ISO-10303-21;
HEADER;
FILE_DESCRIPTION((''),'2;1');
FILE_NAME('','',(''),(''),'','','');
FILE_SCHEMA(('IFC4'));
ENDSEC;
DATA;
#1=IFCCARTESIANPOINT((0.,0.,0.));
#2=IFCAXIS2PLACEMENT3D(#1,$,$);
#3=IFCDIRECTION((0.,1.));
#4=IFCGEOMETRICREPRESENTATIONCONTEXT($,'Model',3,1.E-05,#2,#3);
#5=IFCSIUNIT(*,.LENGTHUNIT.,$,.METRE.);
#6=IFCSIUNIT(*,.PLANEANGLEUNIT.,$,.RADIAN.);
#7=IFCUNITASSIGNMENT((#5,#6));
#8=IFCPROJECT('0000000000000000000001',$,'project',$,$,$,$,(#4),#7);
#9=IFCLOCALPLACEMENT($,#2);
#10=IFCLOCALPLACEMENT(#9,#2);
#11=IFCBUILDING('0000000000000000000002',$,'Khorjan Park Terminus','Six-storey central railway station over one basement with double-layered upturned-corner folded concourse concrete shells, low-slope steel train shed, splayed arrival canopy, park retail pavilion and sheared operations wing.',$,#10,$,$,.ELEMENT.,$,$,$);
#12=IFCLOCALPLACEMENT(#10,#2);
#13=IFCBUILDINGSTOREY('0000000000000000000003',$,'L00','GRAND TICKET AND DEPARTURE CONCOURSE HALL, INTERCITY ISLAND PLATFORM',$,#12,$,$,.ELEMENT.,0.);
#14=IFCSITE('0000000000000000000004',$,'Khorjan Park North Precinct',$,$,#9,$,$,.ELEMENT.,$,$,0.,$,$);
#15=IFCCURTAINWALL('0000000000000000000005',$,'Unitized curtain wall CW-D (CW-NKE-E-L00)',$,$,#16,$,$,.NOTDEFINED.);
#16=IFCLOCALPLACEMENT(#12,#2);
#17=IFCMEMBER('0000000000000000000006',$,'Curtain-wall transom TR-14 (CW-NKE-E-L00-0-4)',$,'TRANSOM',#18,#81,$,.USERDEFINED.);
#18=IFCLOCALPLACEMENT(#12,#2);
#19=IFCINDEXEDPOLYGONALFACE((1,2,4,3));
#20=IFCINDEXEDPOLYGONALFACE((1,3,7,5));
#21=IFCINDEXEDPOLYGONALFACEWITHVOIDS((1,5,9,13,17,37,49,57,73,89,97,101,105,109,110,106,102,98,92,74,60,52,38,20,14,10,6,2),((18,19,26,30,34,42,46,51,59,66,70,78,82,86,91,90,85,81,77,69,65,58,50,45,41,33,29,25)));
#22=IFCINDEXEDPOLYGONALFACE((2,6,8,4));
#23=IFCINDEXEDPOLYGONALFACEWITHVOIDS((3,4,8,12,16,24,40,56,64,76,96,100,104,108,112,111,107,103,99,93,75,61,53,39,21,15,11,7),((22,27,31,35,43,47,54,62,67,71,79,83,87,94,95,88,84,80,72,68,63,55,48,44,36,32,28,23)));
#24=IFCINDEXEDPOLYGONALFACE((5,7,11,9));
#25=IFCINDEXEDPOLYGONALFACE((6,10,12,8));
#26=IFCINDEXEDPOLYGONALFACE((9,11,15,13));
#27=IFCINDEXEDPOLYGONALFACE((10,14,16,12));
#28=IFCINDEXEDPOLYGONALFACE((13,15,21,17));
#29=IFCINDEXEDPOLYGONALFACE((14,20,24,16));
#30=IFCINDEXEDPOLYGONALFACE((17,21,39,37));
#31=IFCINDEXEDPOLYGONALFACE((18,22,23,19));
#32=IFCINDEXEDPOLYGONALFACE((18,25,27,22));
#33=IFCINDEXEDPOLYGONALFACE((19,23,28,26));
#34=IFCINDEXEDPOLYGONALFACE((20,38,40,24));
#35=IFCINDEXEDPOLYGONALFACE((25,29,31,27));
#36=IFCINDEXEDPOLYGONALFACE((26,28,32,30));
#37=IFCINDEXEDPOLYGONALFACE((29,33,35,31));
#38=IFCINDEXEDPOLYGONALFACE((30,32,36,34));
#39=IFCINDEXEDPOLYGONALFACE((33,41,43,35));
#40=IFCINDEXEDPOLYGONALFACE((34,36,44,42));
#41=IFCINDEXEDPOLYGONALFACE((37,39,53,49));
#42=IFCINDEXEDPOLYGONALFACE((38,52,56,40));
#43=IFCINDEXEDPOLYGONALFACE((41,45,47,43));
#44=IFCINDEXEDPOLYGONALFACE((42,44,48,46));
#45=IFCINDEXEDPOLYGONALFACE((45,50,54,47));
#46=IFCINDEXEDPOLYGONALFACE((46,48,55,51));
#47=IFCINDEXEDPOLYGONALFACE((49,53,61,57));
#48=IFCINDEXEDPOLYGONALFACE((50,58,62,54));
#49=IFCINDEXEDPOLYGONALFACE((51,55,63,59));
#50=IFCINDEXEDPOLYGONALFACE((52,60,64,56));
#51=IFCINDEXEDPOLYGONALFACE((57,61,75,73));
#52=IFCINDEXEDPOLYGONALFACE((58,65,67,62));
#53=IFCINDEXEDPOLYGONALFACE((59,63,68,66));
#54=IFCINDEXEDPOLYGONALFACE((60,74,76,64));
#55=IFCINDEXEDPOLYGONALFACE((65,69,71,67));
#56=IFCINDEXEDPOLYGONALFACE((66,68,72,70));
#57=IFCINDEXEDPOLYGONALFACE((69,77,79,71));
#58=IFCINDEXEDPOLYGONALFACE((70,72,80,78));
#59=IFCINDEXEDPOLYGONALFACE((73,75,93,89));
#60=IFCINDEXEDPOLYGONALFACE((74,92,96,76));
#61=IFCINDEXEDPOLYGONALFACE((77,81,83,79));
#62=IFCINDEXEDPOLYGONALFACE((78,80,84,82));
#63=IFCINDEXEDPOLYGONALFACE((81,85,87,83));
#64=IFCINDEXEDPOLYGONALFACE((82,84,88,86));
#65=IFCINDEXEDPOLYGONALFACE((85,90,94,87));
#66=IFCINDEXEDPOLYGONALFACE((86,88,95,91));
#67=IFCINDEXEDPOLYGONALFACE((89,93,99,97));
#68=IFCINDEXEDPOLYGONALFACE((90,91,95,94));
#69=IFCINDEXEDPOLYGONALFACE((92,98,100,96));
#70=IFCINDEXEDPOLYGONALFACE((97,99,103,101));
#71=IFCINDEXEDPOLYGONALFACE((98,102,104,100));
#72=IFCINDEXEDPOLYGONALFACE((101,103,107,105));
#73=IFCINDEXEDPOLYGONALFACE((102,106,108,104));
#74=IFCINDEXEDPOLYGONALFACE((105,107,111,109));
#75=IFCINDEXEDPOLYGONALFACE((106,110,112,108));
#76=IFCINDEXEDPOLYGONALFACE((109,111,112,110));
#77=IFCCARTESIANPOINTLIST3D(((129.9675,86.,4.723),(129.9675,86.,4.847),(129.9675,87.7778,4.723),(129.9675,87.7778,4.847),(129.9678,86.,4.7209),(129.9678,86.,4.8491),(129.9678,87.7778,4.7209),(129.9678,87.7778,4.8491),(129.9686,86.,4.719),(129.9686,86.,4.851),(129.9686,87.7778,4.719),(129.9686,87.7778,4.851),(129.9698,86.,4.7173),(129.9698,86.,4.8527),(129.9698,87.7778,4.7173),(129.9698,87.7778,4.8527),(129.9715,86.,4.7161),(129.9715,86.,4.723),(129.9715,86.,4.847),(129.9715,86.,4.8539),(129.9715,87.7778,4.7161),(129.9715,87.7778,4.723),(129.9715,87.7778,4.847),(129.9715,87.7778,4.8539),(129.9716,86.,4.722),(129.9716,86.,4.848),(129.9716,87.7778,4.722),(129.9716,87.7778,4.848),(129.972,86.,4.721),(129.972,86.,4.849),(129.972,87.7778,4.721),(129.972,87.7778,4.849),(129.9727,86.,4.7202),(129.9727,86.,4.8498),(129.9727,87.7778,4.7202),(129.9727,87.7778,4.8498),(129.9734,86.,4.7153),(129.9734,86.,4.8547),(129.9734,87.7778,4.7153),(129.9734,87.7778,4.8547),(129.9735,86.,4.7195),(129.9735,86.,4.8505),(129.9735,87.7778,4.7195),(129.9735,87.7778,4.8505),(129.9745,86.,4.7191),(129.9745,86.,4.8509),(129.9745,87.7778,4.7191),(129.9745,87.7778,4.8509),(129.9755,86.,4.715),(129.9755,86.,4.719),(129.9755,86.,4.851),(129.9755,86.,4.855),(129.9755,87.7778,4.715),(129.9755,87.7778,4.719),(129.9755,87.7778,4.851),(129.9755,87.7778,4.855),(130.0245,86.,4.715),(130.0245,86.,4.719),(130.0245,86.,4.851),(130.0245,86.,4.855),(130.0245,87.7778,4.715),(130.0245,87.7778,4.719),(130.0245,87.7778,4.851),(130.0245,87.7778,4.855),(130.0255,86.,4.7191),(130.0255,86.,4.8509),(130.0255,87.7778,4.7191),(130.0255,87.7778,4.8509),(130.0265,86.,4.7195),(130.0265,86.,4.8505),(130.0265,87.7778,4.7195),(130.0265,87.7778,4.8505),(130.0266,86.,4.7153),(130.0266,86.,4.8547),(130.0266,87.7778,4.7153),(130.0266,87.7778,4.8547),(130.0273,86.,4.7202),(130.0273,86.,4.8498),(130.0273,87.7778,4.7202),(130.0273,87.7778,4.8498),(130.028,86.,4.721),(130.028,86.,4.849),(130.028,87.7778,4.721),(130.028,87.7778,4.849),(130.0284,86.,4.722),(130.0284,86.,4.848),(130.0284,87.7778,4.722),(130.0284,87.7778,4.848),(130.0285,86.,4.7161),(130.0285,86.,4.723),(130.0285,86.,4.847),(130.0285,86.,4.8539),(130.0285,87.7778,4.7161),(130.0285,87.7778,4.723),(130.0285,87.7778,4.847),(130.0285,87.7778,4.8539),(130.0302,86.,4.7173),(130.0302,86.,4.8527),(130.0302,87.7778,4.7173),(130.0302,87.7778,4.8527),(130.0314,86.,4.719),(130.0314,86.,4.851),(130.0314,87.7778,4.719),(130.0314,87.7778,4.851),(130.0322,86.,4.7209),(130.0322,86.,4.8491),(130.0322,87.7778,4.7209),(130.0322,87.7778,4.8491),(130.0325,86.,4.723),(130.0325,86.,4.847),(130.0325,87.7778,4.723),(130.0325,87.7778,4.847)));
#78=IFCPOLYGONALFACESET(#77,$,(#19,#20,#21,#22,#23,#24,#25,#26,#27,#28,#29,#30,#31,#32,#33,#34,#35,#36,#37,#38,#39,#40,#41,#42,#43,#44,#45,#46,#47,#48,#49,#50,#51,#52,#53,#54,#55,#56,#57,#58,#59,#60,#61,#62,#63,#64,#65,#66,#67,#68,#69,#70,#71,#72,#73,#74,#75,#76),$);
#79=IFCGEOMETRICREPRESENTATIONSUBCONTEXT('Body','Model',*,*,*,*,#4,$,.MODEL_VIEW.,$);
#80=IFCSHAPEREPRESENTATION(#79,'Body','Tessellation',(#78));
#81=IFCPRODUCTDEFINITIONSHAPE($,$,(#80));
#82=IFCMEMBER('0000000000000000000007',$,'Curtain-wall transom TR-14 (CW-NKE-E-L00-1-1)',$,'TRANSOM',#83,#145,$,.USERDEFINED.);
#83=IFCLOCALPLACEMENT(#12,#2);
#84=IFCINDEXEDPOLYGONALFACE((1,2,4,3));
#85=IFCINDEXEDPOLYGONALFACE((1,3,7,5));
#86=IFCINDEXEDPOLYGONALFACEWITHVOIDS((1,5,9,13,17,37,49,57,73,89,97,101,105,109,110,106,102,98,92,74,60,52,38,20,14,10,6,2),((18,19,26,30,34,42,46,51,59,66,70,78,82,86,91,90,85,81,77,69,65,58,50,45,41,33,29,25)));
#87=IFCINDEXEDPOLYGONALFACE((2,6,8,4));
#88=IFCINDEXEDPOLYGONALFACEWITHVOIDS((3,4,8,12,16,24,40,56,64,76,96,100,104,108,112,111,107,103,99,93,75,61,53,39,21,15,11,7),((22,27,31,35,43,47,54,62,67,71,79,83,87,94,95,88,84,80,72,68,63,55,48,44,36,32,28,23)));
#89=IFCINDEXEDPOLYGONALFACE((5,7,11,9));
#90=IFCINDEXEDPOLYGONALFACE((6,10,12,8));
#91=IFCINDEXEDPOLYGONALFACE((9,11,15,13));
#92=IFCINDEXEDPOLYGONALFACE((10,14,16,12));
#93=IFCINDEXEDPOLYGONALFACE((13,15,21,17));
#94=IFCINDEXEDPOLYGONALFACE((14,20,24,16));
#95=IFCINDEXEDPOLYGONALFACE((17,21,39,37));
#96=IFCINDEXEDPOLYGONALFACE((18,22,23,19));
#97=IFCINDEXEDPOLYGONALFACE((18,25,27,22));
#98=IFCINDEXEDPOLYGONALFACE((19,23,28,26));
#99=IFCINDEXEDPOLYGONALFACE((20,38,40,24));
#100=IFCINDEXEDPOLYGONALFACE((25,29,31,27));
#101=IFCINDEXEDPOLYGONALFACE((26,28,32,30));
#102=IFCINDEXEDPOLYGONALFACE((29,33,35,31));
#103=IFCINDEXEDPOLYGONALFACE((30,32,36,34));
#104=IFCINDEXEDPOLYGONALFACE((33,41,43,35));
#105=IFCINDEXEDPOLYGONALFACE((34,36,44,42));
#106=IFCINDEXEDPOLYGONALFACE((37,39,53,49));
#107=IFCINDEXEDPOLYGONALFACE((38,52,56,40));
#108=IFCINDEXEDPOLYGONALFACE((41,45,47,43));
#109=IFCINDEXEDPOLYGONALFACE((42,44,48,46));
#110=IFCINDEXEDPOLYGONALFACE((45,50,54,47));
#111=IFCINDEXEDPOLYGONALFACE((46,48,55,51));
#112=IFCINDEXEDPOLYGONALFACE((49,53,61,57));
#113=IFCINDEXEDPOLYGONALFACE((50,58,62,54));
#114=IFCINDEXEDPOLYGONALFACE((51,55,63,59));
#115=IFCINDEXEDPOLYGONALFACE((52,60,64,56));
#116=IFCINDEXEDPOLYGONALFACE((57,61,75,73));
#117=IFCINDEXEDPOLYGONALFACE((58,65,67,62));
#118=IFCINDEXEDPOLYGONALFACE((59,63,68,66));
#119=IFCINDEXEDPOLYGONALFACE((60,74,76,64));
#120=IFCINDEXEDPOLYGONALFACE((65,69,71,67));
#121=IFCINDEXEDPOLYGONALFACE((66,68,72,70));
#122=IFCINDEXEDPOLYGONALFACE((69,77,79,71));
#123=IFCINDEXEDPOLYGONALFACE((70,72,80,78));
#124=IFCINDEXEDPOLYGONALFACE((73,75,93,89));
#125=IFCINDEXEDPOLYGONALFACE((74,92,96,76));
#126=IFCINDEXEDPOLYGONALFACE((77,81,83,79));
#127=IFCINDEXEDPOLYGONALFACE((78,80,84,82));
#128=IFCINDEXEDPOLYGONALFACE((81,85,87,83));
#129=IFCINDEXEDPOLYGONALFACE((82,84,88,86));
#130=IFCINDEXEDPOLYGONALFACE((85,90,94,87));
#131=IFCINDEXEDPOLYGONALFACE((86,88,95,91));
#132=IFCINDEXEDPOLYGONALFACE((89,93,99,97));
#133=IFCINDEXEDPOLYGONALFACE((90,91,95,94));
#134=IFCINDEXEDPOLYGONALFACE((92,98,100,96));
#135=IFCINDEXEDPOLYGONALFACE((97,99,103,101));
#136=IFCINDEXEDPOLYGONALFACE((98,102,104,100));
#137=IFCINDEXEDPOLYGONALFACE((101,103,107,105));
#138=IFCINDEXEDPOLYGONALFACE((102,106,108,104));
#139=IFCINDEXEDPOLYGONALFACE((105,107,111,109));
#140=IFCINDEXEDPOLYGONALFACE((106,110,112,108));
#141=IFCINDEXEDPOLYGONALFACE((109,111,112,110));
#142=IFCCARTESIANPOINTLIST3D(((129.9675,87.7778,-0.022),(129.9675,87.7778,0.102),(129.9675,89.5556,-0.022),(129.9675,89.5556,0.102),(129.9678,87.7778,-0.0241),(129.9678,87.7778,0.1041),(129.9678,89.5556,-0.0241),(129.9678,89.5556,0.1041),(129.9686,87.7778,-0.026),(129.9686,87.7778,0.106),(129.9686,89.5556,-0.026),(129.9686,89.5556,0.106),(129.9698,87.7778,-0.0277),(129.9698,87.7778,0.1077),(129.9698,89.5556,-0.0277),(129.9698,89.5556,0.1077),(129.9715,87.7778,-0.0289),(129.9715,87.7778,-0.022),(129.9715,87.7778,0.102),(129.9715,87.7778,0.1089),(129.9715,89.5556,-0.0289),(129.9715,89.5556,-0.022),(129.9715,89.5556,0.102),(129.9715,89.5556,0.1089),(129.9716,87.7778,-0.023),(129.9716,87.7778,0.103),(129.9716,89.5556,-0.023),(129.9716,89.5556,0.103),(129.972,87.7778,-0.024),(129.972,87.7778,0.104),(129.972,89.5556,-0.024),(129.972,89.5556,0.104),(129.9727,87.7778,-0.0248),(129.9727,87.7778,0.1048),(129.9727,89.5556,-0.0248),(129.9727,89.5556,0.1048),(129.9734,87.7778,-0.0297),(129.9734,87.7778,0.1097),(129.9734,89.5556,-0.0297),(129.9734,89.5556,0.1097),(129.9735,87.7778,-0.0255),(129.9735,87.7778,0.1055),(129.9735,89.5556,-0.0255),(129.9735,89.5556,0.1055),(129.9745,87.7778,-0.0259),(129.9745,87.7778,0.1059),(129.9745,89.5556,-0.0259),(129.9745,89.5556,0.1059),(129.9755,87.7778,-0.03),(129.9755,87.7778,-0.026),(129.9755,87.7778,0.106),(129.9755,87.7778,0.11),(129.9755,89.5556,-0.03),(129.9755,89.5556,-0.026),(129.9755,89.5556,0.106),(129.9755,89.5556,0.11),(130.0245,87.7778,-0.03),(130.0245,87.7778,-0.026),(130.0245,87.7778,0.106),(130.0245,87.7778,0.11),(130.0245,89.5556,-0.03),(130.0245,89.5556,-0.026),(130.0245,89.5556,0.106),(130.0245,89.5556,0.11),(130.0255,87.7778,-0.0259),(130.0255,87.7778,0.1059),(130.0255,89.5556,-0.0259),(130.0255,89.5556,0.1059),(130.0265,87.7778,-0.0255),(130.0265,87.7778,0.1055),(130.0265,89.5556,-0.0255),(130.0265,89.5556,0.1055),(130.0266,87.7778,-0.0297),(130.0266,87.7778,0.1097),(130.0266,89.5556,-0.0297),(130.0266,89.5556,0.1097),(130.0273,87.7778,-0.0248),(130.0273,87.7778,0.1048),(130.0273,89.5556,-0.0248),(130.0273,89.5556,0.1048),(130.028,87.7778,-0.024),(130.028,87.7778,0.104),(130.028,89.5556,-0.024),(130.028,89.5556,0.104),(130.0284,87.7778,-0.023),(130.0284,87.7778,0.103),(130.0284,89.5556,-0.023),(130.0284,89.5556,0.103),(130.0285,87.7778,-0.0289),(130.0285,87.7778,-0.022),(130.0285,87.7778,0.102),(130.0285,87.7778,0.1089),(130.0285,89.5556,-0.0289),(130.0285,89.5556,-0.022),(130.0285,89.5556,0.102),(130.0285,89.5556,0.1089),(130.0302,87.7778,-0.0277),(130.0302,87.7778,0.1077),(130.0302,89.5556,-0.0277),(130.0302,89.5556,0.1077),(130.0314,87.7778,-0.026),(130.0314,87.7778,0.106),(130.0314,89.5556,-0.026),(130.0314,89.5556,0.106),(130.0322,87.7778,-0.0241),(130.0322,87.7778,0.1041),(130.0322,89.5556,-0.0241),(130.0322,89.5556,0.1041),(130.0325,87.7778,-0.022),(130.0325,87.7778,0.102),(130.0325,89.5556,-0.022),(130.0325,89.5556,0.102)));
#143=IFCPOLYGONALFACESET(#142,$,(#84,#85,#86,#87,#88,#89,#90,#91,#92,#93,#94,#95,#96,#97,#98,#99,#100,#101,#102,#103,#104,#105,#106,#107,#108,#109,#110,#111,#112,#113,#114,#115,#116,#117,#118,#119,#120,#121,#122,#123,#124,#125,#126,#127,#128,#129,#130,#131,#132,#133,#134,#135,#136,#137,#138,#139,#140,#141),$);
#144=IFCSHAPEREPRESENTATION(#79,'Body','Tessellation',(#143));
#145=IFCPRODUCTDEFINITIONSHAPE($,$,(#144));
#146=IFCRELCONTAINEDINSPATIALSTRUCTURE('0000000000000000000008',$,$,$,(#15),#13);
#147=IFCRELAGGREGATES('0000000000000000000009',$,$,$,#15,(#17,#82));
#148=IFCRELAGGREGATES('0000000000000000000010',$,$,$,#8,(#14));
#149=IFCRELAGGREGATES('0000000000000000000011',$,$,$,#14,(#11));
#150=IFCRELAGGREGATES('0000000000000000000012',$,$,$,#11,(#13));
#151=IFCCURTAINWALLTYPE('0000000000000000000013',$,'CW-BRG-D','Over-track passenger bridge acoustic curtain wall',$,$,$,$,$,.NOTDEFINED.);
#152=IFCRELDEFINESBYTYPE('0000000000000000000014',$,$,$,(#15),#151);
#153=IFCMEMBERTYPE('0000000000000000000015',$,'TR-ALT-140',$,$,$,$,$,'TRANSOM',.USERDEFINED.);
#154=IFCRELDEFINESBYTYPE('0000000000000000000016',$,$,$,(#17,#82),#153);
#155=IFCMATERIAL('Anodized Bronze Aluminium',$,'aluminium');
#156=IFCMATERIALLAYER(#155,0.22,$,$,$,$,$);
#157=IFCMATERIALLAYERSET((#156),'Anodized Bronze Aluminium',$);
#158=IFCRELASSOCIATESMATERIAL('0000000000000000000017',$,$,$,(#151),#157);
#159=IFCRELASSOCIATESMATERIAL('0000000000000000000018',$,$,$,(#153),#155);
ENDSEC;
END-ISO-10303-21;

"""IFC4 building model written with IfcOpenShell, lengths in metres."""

from ifc_helpers import new_model, si_unit, direction, frame, origin, origin_2d, place, context, subcontext, project, spatial, hollow_rectangle, extrude, material, layer, layer_set, material_profile, profile_set, type_object, element, aggregate, save


model = new_model("IFC4")

# Units and contexts
model_context = context("Model", 3, precision=1e-05, world=origin(), true_north=direction((0.0, 1.0)))
body_context = subcontext(model_context, "Body", "Model", "MODEL_VIEW")
ifc_project = project(units=[si_unit("LENGTHUNIT", "METRE"), si_unit("PLANEANGLEUNIT", "RADIAN")], contexts=[model_context])

# Site, building, storey
site_placement = place(None, origin())
site = spatial("IfcSite", under=ifc_project, at=site_placement, Name="Khorjan Park North Precinct", CompositionType="ELEMENT", RefElevation=0.0)
building_placement = place(site_placement, origin())
building = spatial("IfcBuilding", under=site, at=building_placement, Name="Khorjan Park Terminus", Description="Six-storey central railway station over one basement with double-layered upturned-corner folded concourse concrete shells, low-slope steel train shed, splayed arrival canopy, park retail pavilion and sheared operations wing.", CompositionType="ELEMENT")
storey_placement = place(building_placement, origin())
storey = spatial("IfcBuildingStorey", under=building, at=storey_placement, Name="L00", Description="GRAND TICKET AND DEPARTURE CONCOURSE HALL, INTERCITY ISLAND PLATFORM", CompositionType="ELEMENT", Elevation=0.0)

# Curtain wall, members
ifc_material_1 = material(Name="Anodized Bronze Aluminium", Category="aluminium")
ifc_layer_1 = layer(ifc_material_1, 0.22)
ifc_layer_set_1 = layer_set([ifc_layer_1], Name="Anodized Bronze Aluminium")
curtain_wall_type = type_object("IfcCurtainWallType", Name="CW-BRG-D", Description="Over-track passenger bridge acoustic curtain wall", PredefinedType="NOTDEFINED", material=ifc_layer_set_1)
curtain_wall_1_placement = place(storey_placement, origin())
curtain_wall_1 = element("IfcCurtainWall", 1, at=curtain_wall_1_placement, inside=storey, type_object=curtain_wall_type, Name="Unitized curtain wall CW-D (CW-NKE-E-L00)", PredefinedType="NOTDEFINED")
ifc_material_profile_1 = material_profile(ifc_material_1, hollow_rectangle(XDim=0.065, YDim=0.14, WallThickness=0.004, InnerFilletRadius=0.004, OuterFilletRadius=0.008, at=origin_2d()), Name="ALT 65x140x4")
ifc_profile_set_1 = profile_set([ifc_material_profile_1], Name="Anodized Bronze Aluminium")
member_type_1 = type_object("IfcMemberType", Name="TR-ALT-140", ElementType="TRANSOM", PredefinedType="USERDEFINED", material=ifc_profile_set_1)
member_1_placement = place(storey_placement, frame((130.0, 86.0, 4.785), z_axis=(0.0, 1.0, 0.0), x_axis=(-1.0, 0.0, 0.0)))
member_1 = element("IfcMember", 2, at=member_1_placement, type_object=member_type_1, Name="Curtain-wall transom TR-14 (CW-NKE-E-L00-0-4)", ObjectType="TRANSOM", PredefinedType="USERDEFINED", context=body_context, shape_type="SweptSolid", body=[
    extrude(hollow_rectangle(XDim=0.065, YDim=0.14, WallThickness=0.004, InnerFilletRadius=0.004, OuterFilletRadius=0.008, at=origin_2d()), origin(), (0.0, 0.0, 1.0), 1.7778),
])
member_2_placement = place(storey_placement, frame((130.0, 87.7778, 0.04), z_axis=(0.0, 1.0, 0.0), x_axis=(-1.0, 0.0, 0.0)))
member_2 = element("IfcMember", 3, at=member_2_placement, type_object=member_type_1, Name="Curtain-wall transom TR-14 (CW-NKE-E-L00-1-1)", ObjectType="TRANSOM", PredefinedType="USERDEFINED", context=body_context, shape_type="SweptSolid", body=[
    extrude(hollow_rectangle(XDim=0.065, YDim=0.14, WallThickness=0.004, InnerFilletRadius=0.004, OuterFilletRadius=0.008, at=origin_2d()), origin(), (0.0, 0.0, 1.0), 1.7778),
])

aggregate(curtain_wall_1, [member_1, member_2])

save(model, "model.ifc")
